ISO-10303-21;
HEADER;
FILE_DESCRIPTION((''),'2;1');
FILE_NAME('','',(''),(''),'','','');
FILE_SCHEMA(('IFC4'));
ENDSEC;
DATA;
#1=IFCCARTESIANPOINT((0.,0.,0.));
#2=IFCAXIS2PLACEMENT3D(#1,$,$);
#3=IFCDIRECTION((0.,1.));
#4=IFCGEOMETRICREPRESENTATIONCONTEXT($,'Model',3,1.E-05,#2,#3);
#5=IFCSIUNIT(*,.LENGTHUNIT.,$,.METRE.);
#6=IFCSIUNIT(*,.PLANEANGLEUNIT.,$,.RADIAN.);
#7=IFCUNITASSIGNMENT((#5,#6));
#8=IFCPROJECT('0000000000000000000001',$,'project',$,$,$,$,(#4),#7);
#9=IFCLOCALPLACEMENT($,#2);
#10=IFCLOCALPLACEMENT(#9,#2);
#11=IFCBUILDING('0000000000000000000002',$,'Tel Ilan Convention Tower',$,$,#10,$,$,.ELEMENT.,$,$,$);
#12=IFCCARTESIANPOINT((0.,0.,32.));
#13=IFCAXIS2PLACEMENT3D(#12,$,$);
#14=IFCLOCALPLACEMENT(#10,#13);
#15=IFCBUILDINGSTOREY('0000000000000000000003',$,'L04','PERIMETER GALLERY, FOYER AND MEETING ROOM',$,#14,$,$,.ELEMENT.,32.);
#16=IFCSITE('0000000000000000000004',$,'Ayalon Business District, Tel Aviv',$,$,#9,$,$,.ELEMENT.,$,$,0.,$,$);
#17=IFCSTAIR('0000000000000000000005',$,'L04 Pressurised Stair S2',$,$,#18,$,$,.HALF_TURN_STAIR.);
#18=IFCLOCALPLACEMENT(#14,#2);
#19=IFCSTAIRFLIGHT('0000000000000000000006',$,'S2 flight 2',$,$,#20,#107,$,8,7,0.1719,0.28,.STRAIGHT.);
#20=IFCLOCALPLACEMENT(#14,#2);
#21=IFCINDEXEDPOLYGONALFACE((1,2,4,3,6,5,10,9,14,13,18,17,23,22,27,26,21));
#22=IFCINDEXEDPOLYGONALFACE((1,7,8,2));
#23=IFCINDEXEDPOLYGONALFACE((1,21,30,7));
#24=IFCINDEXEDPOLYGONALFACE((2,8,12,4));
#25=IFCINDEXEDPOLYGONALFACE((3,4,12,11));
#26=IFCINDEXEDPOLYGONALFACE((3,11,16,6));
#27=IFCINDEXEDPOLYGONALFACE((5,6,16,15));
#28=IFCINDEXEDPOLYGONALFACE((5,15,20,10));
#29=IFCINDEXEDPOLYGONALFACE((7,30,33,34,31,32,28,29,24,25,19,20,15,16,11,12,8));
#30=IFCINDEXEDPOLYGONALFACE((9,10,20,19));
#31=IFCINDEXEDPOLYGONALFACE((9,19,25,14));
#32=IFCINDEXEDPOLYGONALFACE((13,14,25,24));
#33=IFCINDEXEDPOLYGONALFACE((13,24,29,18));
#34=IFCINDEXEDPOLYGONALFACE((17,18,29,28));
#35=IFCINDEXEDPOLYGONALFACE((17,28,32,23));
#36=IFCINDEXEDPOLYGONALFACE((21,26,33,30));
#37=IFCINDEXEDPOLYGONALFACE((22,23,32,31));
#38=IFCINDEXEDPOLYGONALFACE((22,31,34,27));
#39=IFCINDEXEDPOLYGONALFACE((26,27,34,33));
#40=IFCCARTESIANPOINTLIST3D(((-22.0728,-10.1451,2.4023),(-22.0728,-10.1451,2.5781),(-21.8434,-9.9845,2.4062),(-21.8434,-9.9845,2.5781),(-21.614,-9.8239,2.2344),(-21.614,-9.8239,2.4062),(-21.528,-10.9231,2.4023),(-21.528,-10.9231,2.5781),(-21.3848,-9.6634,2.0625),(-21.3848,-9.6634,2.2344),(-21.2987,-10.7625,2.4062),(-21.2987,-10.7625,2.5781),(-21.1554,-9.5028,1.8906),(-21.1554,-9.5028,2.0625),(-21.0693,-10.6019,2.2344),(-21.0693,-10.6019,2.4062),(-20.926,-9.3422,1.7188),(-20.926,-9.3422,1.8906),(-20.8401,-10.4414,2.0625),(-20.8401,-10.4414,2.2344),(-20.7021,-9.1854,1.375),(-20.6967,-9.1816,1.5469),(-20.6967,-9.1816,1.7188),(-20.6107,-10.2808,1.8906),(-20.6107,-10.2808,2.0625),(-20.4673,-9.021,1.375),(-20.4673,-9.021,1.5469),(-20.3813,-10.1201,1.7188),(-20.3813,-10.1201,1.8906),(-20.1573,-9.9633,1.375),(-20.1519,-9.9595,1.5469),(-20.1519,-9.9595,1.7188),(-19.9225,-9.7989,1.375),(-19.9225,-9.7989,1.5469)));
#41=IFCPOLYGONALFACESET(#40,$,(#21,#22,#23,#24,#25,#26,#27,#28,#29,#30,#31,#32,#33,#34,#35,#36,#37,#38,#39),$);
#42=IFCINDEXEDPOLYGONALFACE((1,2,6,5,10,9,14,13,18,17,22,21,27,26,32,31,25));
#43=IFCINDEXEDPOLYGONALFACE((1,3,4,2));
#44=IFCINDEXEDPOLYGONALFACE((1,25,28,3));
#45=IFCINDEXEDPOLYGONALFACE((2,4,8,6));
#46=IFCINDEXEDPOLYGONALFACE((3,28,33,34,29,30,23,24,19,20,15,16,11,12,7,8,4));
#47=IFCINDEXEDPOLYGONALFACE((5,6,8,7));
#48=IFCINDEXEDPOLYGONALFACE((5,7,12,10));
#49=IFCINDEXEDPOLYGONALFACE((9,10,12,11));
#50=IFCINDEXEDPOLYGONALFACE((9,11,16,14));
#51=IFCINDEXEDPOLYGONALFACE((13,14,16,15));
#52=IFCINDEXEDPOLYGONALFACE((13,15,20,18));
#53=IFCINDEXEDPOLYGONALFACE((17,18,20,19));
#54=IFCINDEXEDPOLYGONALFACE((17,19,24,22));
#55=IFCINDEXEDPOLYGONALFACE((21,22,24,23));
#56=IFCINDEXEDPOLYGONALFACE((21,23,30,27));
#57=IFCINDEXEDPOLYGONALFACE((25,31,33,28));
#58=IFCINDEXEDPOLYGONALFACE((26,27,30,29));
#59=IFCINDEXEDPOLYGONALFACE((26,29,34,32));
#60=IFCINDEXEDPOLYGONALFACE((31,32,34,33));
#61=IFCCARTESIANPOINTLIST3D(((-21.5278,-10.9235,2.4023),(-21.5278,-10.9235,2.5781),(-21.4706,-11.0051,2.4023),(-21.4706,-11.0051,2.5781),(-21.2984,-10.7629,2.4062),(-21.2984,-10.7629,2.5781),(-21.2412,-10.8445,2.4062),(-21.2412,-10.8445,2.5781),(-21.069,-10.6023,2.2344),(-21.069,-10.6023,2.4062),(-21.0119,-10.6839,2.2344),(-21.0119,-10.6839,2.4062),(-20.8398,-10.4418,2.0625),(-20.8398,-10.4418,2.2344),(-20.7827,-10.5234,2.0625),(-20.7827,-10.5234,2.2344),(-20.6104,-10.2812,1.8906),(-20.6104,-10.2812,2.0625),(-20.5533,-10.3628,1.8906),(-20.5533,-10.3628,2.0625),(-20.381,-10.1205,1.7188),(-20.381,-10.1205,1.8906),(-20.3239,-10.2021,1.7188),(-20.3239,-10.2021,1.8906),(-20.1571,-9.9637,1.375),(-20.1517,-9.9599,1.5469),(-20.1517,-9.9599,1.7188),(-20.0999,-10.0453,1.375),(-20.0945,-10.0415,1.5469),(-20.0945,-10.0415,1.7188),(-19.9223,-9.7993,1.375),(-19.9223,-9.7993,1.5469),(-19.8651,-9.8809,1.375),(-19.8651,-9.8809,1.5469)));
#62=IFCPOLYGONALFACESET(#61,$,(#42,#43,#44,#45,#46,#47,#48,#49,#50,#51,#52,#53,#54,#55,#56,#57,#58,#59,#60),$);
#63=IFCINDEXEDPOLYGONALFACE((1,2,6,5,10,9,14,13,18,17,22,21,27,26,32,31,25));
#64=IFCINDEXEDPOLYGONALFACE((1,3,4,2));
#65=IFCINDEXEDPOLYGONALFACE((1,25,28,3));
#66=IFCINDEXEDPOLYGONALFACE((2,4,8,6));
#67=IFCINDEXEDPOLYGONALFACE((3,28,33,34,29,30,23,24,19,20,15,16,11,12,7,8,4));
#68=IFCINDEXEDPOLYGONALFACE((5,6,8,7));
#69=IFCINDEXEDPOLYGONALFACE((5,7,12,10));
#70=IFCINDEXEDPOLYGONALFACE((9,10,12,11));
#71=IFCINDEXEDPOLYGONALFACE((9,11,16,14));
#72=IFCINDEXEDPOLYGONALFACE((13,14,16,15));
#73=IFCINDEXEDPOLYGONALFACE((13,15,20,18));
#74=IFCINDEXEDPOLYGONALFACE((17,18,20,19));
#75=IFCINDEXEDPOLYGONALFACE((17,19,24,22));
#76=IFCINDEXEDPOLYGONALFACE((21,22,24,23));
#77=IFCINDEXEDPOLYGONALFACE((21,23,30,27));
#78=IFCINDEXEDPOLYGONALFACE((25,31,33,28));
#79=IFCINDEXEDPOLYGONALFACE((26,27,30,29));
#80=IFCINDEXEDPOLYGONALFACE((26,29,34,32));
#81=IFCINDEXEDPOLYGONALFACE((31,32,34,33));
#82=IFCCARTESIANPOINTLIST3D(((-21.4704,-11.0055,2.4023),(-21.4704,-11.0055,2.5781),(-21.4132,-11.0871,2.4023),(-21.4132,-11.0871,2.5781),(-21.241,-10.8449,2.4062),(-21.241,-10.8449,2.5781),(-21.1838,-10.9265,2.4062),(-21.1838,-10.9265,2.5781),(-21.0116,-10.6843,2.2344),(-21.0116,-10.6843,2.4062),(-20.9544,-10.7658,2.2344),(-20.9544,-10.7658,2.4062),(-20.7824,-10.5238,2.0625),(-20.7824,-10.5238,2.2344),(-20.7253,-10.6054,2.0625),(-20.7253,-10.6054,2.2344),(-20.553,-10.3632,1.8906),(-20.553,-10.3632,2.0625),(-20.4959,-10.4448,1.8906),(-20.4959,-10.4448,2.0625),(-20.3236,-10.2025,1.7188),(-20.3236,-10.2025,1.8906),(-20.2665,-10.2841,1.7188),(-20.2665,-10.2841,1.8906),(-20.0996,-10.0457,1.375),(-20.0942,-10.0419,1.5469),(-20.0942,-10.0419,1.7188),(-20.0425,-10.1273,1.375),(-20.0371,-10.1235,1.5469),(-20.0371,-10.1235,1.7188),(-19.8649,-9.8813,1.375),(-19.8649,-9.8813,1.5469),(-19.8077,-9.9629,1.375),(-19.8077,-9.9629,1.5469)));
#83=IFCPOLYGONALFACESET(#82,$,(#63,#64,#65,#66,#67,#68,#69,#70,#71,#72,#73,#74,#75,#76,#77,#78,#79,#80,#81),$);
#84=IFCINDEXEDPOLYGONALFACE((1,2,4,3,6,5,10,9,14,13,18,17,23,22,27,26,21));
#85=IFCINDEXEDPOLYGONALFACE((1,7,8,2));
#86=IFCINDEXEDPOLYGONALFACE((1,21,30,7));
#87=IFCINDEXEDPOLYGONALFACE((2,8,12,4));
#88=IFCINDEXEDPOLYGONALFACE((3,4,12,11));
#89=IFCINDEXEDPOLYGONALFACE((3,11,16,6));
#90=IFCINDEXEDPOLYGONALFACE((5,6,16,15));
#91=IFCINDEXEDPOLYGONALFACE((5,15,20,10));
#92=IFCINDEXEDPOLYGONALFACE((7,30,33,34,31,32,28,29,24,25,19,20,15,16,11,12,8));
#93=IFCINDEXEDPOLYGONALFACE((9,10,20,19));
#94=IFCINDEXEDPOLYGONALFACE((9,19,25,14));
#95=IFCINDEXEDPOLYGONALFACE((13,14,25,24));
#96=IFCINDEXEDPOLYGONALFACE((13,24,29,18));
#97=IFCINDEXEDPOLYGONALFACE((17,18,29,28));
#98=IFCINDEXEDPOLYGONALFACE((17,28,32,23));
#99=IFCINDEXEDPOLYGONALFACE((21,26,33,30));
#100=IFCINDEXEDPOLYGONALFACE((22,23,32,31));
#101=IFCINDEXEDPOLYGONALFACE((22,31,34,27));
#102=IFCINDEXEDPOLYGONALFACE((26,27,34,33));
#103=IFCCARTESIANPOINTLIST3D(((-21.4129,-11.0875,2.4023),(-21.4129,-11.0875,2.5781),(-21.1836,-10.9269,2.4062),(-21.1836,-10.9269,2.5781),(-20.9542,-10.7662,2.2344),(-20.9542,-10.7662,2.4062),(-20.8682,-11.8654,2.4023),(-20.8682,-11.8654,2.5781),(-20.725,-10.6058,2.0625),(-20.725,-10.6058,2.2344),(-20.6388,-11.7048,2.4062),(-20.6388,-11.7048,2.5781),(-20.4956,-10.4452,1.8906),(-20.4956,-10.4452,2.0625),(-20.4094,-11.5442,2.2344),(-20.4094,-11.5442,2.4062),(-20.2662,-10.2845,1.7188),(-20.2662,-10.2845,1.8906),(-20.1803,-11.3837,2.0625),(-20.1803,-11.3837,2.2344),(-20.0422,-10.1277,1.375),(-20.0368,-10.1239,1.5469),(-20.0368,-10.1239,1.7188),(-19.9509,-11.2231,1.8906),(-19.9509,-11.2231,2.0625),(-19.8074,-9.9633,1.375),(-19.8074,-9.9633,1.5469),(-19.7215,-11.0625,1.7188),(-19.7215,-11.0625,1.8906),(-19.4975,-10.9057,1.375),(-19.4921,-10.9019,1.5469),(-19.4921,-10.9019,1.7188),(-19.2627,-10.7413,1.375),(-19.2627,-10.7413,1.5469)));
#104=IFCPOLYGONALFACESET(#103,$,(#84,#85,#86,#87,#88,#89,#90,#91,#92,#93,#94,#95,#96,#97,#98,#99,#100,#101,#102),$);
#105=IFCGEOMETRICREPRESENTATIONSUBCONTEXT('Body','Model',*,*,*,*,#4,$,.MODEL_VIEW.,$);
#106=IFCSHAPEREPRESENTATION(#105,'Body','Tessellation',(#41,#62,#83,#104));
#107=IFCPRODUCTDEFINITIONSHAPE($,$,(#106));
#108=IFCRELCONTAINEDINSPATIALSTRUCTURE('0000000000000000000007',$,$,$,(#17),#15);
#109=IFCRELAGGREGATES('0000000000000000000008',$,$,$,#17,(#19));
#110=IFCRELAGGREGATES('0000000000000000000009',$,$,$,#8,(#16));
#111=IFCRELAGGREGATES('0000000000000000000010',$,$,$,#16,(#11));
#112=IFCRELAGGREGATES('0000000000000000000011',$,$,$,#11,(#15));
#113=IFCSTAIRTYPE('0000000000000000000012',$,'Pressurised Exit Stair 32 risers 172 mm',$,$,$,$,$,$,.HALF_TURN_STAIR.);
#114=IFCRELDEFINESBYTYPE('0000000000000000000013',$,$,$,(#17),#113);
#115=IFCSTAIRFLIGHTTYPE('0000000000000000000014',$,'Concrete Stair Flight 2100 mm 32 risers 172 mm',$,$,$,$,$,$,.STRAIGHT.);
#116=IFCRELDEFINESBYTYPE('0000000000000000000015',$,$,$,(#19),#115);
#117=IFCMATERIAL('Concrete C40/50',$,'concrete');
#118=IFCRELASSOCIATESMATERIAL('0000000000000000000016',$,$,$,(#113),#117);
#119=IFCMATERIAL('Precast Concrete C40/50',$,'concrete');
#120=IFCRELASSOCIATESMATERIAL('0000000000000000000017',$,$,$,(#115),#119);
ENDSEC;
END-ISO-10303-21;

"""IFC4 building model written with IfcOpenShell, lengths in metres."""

from ifc_helpers import new_model, si_unit, direction, frame, origin, place, context, subcontext, project, spatial, polyline, outline, extrude, material, type_object, element, aggregate, save


model = new_model("IFC4")

# Units and contexts
model_context = context("Model", 3, precision=1e-05, world=origin(), true_north=direction((0.0, 1.0)))
body_context = subcontext(model_context, "Body", "Model", "MODEL_VIEW")
ifc_project = project(units=[si_unit("LENGTHUNIT", "METRE"), si_unit("PLANEANGLEUNIT", "RADIAN")], contexts=[model_context])

# Site, building, storey
site_placement = place(None, origin())
site = spatial("IfcSite", under=ifc_project, at=site_placement, Name="Ayalon Business District, Tel Aviv", CompositionType="ELEMENT", RefElevation=0.0)
building_placement = place(site_placement, origin())
building = spatial("IfcBuilding", under=site, at=building_placement, Name="Tel Ilan Convention Tower", CompositionType="ELEMENT")
storey_placement = place(building_placement, frame((0.0, 0.0, 32.0)))
storey = spatial("IfcBuildingStorey", under=building, at=storey_placement, Name="L04", Description="PERIMETER GALLERY, FOYER AND MEETING ROOM", CompositionType="ELEMENT", Elevation=32.0)

# Stair, stair flight
ifc_material_1 = material(Name="Concrete C40/50", Category="concrete")
stair_type = type_object("IfcStairType", Name="Pressurised Exit Stair 32 risers 172 mm", PredefinedType="HALF_TURN_STAIR", material=ifc_material_1)
stair_placement = place(storey_placement, origin())
stair = element("IfcStair", 1, at=stair_placement, inside=storey, type_object=stair_type, Name="L04 Pressurised Stair S2", PredefinedType="HALF_TURN_STAIR")
ifc_material_2 = material(Name="Precast Concrete C40/50", Category="concrete")
stair_flight_type = type_object("IfcStairFlightType", Name="Concrete Stair Flight 2100 mm 32 risers 172 mm", PredefinedType="STRAIGHT", material=ifc_material_2)
stair_flight_1_placement = place(storey_placement, frame((-19.865, -9.8811, 1.375), z_axis=(0.0, 0.0, 1.0), x_axis=(-0.819152, -0.573576, 0.0)))
stair_flight_1 = element("IfcStairFlight", 2, at=stair_flight_1_placement, type_object=stair_flight_type, Name="S2 flight 2", NumberOfRisers=8, NumberOfTreads=7, PredefinedType="STRAIGHT", RiserHeight=0.1719, TreadLength=0.28, context=body_context, shape_type="SweptSolid", body=[
    extrude(outline(polyline([(0.0, 0.0), (0.0, 0.1719), (0.28, 0.1719), (0.28, 0.3438), (0.5601, 0.3438), (0.5601, 0.5156), (0.8401, 0.5156), (0.8401, 0.6875), (1.1201, 0.6875), (1.1201, 0.8594), (1.3999, 0.8594), (1.3999, 1.0312), (1.6799, 1.0312), (1.6799, 1.2031), (1.96, 1.2031), (1.96, 1.375), (1.96, 1.0273), (0.2866, 0.0), (0.0, 0.0)])), frame((0.0, -0.1003, 0.0), z_axis=(0.0, -1.0, 0.0), x_axis=(1.0, 0.0, 0.0)), (0.0, 0.0, 1.0), 0.9497),
    extrude(outline(polyline([(0.0, 0.0), (0.0, 0.1719), (0.28, 0.1719), (0.28, 0.3438), (0.5601, 0.3438), (0.5601, 0.5156), (0.8401, 0.5156), (0.8401, 0.6875), (1.1201, 0.6875), (1.1201, 0.8594), (1.3999, 0.8594), (1.3999, 1.0312), (1.6799, 1.0312), (1.6799, 1.2031), (1.96, 1.2031), (1.96, 1.375), (1.96, 1.0273), (0.2866, 0.0), (0.0, 0.0)])), frame((0.0, -0.0002, 0.0), z_axis=(0.0, -1.0, 0.0), x_axis=(1.0, 0.0, 0.0)), (0.0, 0.0, 1.0), 0.0996),
    extrude(outline(polyline([(0.0, 0.0), (0.0, 0.1719), (0.28, 0.1719), (0.28, 0.3438), (0.5601, 0.3438), (0.5601, 0.5156), (0.8401, 0.5156), (0.8401, 0.6875), (1.1201, 0.6875), (1.1201, 0.8594), (1.3999, 0.8594), (1.3999, 1.0312), (1.6799, 1.0312), (1.6799, 1.2031), (1.96, 1.2031), (1.96, 1.375), (1.96, 1.0273), (0.2866, 0.0), (0.0, 0.0)])), frame((0.0, 0.0999, 0.0), z_axis=(0.0, -1.0, 0.0), x_axis=(1.0, 0.0, 0.0)), (0.0, 0.0, 1.0), 0.0996),
    extrude(outline(polyline([(0.0, 0.0), (0.0, 0.1719), (0.28, 0.1719), (0.28, 0.3438), (0.5601, 0.3438), (0.5601, 0.5156), (0.8401, 0.5156), (0.8401, 0.6875), (1.1201, 0.6875), (1.1201, 0.8594), (1.3999, 0.8594), (1.3999, 1.0312), (1.6799, 1.0312), (1.6799, 1.2031), (1.96, 1.2031), (1.96, 1.375), (1.96, 1.0273), (0.2866, 0.0), (0.0, 0.0)])), frame((0.0, 1.05, 0.0), z_axis=(0.0, -1.0, 0.0), x_axis=(1.0, 0.0, 0.0)), (0.0, 0.0, 1.0), 0.9497),
])
aggregate(stair, [stair_flight_1])

save(model, "model.ifc")
